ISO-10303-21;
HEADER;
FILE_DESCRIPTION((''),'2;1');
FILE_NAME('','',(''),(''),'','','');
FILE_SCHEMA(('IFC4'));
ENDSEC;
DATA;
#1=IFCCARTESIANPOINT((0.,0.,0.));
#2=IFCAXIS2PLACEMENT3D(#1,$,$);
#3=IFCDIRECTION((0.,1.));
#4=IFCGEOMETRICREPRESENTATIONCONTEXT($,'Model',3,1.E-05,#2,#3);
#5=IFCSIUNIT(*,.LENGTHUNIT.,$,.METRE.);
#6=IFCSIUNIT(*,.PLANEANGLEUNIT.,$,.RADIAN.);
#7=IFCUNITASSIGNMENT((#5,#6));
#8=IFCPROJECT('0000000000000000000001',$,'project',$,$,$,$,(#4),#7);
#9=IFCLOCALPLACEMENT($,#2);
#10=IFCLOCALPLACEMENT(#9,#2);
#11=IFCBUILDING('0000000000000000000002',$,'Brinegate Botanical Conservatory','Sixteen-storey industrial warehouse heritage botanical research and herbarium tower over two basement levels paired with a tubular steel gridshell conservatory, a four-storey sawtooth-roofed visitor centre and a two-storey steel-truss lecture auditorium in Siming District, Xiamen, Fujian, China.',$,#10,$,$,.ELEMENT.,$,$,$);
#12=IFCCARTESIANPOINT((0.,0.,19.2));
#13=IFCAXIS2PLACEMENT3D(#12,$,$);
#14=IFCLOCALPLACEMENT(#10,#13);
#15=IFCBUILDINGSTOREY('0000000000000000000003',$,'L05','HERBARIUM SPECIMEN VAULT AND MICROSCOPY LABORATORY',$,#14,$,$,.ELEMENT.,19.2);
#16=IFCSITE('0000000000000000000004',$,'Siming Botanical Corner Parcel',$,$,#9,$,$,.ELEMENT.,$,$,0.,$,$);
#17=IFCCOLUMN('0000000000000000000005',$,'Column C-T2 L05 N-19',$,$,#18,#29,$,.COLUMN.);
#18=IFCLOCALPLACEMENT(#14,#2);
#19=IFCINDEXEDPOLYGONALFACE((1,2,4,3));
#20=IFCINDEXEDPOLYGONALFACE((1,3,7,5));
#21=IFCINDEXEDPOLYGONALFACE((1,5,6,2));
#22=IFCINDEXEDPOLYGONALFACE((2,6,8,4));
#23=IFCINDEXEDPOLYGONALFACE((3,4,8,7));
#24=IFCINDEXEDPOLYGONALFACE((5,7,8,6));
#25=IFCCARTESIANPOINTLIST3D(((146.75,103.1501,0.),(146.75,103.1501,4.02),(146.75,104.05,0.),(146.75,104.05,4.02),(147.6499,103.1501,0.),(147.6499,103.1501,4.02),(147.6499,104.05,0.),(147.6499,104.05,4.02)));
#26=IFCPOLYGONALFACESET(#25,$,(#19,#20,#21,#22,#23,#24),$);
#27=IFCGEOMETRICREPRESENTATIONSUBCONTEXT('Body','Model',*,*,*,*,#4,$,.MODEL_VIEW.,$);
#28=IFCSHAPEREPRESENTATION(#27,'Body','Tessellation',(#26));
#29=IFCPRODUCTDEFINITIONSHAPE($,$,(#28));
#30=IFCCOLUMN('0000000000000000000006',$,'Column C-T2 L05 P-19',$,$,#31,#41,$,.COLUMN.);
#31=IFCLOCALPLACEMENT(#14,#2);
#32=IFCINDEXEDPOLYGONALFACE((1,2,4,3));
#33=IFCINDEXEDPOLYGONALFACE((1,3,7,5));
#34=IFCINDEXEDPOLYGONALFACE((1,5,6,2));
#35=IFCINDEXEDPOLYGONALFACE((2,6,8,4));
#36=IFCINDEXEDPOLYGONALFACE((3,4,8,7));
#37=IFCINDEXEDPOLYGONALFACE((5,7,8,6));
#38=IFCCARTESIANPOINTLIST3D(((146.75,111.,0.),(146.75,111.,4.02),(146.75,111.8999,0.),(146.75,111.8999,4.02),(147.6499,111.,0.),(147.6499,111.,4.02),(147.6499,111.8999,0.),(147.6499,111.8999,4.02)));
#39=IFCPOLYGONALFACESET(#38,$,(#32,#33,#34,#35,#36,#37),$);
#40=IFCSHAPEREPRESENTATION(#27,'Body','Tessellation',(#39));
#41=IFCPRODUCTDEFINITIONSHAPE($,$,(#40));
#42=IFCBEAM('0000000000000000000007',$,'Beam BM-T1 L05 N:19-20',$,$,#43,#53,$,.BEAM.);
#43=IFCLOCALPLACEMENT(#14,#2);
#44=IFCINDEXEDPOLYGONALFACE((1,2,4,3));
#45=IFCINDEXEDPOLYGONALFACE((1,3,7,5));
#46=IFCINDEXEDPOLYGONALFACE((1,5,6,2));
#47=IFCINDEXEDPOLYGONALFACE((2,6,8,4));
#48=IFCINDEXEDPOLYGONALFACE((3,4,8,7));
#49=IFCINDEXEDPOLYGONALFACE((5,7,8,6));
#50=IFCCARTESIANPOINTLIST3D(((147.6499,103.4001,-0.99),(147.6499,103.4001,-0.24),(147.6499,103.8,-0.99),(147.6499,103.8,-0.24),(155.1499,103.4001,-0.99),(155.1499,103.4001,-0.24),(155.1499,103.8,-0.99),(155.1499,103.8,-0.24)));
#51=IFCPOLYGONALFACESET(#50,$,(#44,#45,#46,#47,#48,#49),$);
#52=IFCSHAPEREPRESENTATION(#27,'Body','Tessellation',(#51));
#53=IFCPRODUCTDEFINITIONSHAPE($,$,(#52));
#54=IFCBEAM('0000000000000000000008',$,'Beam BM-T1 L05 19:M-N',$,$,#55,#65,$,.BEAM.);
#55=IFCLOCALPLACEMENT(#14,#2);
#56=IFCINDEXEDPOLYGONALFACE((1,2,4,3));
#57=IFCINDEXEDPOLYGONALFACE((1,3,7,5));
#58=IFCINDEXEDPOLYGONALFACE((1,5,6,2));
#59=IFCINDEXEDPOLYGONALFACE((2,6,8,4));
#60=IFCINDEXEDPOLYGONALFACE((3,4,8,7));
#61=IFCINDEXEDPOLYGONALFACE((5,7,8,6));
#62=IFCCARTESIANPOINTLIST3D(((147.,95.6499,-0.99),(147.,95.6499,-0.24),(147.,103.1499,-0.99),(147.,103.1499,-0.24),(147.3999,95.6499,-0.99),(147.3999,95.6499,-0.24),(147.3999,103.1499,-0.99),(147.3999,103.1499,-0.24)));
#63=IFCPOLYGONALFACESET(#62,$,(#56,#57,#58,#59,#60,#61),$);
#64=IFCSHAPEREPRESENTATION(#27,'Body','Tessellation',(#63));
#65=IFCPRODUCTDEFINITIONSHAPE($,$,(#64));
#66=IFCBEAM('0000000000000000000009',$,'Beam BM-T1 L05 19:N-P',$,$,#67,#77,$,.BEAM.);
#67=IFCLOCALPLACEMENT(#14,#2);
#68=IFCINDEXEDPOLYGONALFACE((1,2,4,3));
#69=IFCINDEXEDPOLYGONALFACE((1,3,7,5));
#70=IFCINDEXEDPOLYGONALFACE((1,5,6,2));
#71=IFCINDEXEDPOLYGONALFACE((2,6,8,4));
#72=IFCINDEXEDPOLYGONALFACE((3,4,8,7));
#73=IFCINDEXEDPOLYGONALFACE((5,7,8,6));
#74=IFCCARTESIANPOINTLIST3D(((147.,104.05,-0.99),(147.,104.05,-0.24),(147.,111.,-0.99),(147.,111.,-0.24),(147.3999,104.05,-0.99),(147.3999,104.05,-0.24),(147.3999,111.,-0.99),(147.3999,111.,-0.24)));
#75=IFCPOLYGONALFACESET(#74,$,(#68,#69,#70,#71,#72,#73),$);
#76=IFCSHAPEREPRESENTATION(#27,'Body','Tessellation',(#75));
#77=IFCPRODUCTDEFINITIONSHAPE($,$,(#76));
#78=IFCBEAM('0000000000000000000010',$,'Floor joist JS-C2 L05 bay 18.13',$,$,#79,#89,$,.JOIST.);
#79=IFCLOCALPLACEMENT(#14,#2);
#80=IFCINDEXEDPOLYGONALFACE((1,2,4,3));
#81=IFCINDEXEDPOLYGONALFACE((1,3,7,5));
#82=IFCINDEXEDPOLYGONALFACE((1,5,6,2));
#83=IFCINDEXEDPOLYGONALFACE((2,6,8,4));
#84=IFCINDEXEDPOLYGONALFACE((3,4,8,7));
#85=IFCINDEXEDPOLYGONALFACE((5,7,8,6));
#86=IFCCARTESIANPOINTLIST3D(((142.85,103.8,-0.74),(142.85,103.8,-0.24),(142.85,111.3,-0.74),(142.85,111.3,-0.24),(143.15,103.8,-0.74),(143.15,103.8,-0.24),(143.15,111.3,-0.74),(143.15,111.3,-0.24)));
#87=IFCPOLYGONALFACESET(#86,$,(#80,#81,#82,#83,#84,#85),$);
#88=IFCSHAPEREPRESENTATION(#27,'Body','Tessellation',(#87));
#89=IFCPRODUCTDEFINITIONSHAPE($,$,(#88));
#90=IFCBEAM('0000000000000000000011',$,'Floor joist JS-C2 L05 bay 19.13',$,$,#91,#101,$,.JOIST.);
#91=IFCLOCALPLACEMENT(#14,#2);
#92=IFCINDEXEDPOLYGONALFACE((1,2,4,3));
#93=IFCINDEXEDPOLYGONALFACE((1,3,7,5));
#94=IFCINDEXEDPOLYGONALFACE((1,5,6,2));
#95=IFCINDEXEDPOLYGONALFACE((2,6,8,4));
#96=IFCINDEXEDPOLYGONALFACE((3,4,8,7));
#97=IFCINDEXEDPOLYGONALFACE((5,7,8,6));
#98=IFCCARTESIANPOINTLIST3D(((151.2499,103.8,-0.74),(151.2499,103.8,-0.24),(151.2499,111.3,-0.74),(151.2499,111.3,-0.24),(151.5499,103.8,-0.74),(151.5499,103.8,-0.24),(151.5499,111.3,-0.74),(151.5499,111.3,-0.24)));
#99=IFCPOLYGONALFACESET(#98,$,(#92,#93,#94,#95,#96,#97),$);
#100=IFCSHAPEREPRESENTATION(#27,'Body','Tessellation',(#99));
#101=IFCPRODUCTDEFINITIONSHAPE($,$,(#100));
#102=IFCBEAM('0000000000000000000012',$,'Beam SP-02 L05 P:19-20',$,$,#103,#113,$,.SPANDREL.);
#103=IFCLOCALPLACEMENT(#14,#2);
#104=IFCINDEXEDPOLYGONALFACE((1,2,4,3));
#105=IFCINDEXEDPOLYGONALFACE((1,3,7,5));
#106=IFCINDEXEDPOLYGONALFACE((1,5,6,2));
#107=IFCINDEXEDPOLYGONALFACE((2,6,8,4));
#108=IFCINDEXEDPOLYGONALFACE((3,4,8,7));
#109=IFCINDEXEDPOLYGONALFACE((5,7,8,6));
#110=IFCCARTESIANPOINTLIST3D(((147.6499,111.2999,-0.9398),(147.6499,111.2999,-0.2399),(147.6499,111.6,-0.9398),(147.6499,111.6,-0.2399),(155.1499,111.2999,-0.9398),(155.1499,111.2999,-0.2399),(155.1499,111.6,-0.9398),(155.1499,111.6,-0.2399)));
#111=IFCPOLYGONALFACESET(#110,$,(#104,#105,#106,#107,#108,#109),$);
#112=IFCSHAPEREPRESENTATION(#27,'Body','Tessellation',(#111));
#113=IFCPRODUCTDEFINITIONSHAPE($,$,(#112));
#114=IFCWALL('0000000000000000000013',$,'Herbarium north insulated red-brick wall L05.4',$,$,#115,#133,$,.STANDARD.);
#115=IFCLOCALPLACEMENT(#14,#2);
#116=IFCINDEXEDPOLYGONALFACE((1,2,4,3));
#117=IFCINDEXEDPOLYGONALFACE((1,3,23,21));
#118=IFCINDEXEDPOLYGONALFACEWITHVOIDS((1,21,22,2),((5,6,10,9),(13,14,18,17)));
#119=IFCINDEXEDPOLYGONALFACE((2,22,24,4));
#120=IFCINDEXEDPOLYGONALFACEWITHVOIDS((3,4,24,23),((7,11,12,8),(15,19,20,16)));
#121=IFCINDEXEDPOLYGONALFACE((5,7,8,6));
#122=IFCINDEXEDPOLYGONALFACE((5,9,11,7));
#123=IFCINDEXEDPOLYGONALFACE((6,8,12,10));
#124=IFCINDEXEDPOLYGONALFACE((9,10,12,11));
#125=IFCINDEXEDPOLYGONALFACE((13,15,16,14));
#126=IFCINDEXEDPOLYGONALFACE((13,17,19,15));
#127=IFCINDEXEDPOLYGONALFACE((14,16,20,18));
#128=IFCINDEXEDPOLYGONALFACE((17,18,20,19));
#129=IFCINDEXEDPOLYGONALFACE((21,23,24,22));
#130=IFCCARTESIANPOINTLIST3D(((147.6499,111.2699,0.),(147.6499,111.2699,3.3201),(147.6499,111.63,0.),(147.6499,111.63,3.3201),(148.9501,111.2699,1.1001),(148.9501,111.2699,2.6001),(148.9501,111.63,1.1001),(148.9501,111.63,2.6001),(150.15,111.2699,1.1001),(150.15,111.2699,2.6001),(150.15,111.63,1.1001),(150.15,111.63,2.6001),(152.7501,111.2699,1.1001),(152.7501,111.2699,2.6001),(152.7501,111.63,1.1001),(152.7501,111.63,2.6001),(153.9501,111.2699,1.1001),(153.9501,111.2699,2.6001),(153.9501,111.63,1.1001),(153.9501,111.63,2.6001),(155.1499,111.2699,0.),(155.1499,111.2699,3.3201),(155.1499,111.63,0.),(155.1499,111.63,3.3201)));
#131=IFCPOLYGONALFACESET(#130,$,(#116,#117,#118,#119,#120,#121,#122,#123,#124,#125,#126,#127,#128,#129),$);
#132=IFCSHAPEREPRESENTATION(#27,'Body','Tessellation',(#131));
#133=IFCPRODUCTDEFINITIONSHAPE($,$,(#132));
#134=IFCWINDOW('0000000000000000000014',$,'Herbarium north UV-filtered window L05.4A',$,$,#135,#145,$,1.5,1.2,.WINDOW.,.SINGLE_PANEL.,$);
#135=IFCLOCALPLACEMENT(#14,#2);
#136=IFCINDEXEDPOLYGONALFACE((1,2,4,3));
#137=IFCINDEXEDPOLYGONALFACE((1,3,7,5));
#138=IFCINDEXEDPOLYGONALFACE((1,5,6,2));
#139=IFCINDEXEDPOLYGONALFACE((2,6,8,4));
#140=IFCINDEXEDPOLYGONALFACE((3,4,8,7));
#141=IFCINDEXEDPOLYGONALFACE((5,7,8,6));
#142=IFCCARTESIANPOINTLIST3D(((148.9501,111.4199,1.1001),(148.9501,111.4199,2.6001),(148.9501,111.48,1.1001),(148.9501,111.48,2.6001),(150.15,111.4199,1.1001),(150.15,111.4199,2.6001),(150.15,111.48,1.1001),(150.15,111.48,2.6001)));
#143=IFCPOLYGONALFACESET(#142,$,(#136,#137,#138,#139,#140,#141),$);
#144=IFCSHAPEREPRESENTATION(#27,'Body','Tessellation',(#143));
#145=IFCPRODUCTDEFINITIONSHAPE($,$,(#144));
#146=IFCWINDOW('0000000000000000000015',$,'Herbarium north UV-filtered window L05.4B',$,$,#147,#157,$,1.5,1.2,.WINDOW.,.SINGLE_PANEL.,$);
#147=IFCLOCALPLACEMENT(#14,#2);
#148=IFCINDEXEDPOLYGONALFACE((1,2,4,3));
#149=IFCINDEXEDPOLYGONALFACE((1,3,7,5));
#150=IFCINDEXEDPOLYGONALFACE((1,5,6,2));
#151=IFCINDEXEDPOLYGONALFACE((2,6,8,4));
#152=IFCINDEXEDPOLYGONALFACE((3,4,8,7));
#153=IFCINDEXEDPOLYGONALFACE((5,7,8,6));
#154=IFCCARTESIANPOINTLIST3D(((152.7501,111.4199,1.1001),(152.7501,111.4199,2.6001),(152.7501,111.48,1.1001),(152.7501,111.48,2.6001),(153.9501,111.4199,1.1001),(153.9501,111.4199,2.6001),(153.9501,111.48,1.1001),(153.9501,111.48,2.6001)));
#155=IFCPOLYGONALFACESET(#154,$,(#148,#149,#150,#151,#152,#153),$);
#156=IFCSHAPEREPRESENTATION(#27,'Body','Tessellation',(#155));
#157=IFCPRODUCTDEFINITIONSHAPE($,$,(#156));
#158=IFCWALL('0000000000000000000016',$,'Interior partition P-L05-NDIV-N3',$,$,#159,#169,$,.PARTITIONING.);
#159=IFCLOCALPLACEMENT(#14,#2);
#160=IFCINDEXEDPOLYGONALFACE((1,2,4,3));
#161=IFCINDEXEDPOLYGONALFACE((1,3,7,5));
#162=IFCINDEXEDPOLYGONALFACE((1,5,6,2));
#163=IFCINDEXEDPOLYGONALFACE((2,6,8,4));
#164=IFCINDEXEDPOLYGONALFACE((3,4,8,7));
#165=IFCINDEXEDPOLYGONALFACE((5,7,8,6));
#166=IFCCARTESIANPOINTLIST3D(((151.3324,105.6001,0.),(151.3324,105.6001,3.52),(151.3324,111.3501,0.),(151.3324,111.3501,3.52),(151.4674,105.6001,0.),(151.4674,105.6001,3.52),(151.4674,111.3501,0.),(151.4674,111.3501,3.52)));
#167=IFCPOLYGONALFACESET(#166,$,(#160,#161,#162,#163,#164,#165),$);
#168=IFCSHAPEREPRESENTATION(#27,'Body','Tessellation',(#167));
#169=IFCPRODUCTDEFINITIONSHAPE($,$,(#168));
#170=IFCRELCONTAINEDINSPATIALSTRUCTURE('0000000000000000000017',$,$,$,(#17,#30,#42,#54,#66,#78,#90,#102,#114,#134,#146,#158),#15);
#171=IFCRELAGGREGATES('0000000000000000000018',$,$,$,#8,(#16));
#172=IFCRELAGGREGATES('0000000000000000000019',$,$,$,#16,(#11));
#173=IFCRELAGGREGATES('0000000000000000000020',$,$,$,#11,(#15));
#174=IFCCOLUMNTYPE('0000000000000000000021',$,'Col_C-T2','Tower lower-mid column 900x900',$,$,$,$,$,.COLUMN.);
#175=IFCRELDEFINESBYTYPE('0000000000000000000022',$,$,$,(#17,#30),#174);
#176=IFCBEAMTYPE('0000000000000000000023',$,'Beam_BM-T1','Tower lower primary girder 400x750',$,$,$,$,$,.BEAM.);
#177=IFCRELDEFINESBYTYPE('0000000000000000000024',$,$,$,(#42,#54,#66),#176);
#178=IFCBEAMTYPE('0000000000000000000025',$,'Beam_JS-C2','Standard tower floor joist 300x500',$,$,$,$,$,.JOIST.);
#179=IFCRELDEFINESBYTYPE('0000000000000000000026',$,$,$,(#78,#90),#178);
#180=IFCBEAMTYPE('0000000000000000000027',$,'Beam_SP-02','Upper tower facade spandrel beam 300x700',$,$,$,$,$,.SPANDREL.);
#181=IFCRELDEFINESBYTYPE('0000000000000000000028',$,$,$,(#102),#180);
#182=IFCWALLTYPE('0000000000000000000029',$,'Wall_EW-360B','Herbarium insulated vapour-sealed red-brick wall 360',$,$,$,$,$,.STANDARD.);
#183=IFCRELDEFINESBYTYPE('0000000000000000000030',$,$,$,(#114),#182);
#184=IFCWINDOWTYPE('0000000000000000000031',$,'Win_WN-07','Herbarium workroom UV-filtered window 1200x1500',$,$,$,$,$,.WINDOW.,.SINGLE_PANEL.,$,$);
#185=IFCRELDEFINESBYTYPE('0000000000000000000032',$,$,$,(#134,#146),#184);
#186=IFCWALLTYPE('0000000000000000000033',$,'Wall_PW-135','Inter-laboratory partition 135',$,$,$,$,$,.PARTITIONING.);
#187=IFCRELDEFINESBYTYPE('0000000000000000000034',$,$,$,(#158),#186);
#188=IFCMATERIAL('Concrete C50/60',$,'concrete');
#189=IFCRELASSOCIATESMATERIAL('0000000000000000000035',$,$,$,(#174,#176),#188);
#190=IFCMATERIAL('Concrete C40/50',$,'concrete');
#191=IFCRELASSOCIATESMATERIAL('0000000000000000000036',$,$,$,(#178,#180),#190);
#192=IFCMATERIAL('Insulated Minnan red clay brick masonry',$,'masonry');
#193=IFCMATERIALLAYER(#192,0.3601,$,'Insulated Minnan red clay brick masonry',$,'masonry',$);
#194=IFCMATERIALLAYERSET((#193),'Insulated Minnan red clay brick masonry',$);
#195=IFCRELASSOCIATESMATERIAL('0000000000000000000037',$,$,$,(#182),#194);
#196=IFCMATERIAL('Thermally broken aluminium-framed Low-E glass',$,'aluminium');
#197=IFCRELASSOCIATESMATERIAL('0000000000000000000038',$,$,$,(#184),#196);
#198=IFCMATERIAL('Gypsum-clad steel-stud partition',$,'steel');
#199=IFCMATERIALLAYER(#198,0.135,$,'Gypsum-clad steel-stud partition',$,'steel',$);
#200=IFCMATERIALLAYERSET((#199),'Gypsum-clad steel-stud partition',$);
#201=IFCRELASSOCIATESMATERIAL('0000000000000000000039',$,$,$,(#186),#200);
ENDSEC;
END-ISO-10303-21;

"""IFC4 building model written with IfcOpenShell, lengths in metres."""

from ifc_helpers import new_model, si_unit, direction, frame, frame_2d, origin, origin_2d, place, context, subcontext, project, spatial, rectangle, extrude, material, layer, layer_set, material_profile, profile_set, type_object, element, fill, save


model = new_model("IFC4")

# Units and contexts
model_context = context("Model", 3, precision=1e-05, world=origin(), true_north=direction((0.0, 1.0)))
body_context = subcontext(model_context, "Body", "Model", "MODEL_VIEW")
ifc_project = project(units=[si_unit("LENGTHUNIT", "METRE"), si_unit("PLANEANGLEUNIT", "RADIAN")], contexts=[model_context])

# Site, building, storey
site_placement = place(None, origin())
site = spatial("IfcSite", under=ifc_project, at=site_placement, Name="Siming Botanical Corner Parcel", CompositionType="ELEMENT", RefElevation=0.0)
building_placement = place(site_placement, origin())
building = spatial("IfcBuilding", under=site, at=building_placement, Name="Brinegate Botanical Conservatory", Description="Sixteen-storey industrial warehouse heritage botanical research and herbarium tower over two basement levels paired with a tubular steel gridshell conservatory, a four-storey sawtooth-roofed visitor centre and a two-storey steel-truss lecture auditorium in Siming District, Xiamen, Fujian, China.", CompositionType="ELEMENT")
storey_placement = place(building_placement, frame((0.0, 0.0, 19.2)))
storey = spatial("IfcBuildingStorey", under=building, at=storey_placement, Name="L05", Description="HERBARIUM SPECIMEN VAULT AND MICROSCOPY LABORATORY", CompositionType="ELEMENT", Elevation=19.2)

# Columns
ifc_material_1 = material(Name="Concrete C50/60", Category="concrete")
ifc_material_profile_1 = material_profile(ifc_material_1, rectangle(XDim=0.8999, YDim=0.8999, at=origin_2d()), Name="RC COL 900x900")
ifc_profile_set_1 = profile_set([ifc_material_profile_1], Name="Concrete C50/60")
column_type = type_object("IfcColumnType", Name="Col_C-T2", Description="Tower lower-mid column 900x900", PredefinedType="COLUMN", material=ifc_profile_set_1)
for number, where, z_axis, x_axis, name in (
    (1, (147.2, 103.6001, 0.0), (0.0, 0.0, 1.0), (1.0, 0.0, 0.0), "Column C-T2 L05 N-19"),
    (2, (147.2, 111.45, 0.0), (0.0, 0.0, 1.0), (1.0, 0.0, 0.0), "Column C-T2 L05 P-19"),
):
    element("IfcColumn", number, at=place(storey_placement, frame(where, z_axis=z_axis, x_axis=x_axis)), inside=storey, type_object=column_type, Name=name, PredefinedType="COLUMN", context=body_context, shape_type="SweptSolid", body=[
        extrude(rectangle(XDim=0.8999, YDim=0.8999, at=origin_2d()), origin(), (0.0, 0.0, 1.0), 4.02),
    ])

# Beams
ifc_material_profile_2 = material_profile(ifc_material_1, rectangle(XDim=0.3999, YDim=0.75, at=origin_2d()), Name="RC BM 400x750")
ifc_profile_set_2 = profile_set([ifc_material_profile_2], Name="Concrete C50/60")
beam_type_1 = type_object("IfcBeamType", Name="Beam_BM-T1", Description="Tower lower primary girder 400x750", PredefinedType="BEAM", material=ifc_profile_set_2)
for number, where, z_axis, x_axis, name in (
    (3, (147.6499, 103.6001, -0.615), (1.0, 0.0, 0.0), (0.0, 1.0, 0.0), "Beam BM-T1 L05 N:19-20"),
    (4, (147.2, 95.6499, -0.615), (0.0, 1.0, 0.0), (-1.0, 0.0, 0.0), "Beam BM-T1 L05 19:M-N"),
):
    element("IfcBeam", number, at=place(storey_placement, frame(where, z_axis=z_axis, x_axis=x_axis)), inside=storey, type_object=beam_type_1, Name=name, PredefinedType="BEAM", context=body_context, shape_type="SweptSolid", body=[
        extrude(rectangle(XDim=0.3999, YDim=0.75, at=origin_2d()), origin(), (0.0, 0.0, 1.0), 7.5),
    ])
beam_1_placement = place(storey_placement, frame((147.2, 104.05, -0.615), z_axis=(0.0, 1.0, 0.0), x_axis=(-1.0, 0.0, 0.0)))
element("IfcBeam", 5, at=beam_1_placement, inside=storey, type_object=beam_type_1, Name="Beam BM-T1 L05 19:N-P", PredefinedType="BEAM", context=body_context, shape_type="SweptSolid", body=[
    extrude(rectangle(XDim=0.3999, YDim=0.75, at=origin_2d()), origin(), (0.0, 0.0, 1.0), 6.95),
])
ifc_material_2 = material(Name="Concrete C40/50", Category="concrete")
ifc_material_profile_3 = material_profile(ifc_material_2, rectangle(XDim=0.3, YDim=0.5, at=origin_2d()), Name="RC JST 300x500")
ifc_profile_set_3 = profile_set([ifc_material_profile_3], Name="Concrete C40/50")
beam_type_2 = type_object("IfcBeamType", Name="Beam_JS-C2", Description="Standard tower floor joist 300x500", PredefinedType="JOIST", material=ifc_profile_set_3)
for number, where, z_axis, x_axis, name in (
    (6, (143.0, 103.8, -0.49), (0.0, 1.0, 0.0), (-1.0, 0.0, 0.0), "Floor joist JS-C2 L05 bay 18.13"),
    (7, (151.3999, 103.8, -0.49), (0.0, 1.0, 0.0), (-1.0, 0.0, 0.0), "Floor joist JS-C2 L05 bay 19.13"),
):
    element("IfcBeam", number, at=place(storey_placement, frame(where, z_axis=z_axis, x_axis=x_axis)), inside=storey, type_object=beam_type_2, Name=name, PredefinedType="JOIST", context=body_context, shape_type="SweptSolid", body=[
        extrude(rectangle(XDim=0.3, YDim=0.5, at=origin_2d()), origin(), (0.0, 0.0, 1.0), 7.5),
    ])
ifc_material_profile_4 = material_profile(ifc_material_2, rectangle(XDim=0.3, YDim=0.7, at=origin_2d()), Name="RC SPN 300x700")
ifc_profile_set_4 = profile_set([ifc_material_profile_4], Name="Concrete C40/50")
beam_type_3 = type_object("IfcBeamType", Name="Beam_SP-02", Description="Upper tower facade spandrel beam 300x700", PredefinedType="SPANDREL", material=ifc_profile_set_4)
beam_2_placement = place(storey_placement, frame((147.6499, 111.45, -0.5898), z_axis=(1.0, 0.0, 0.0), x_axis=(0.0, 1.0, 0.0)))
element("IfcBeam", 8, at=beam_2_placement, inside=storey, type_object=beam_type_3, Name="Beam SP-02 L05 P:19-20", PredefinedType="SPANDREL", context=body_context, shape_type="SweptSolid", body=[
    extrude(rectangle(XDim=0.3, YDim=0.7, at=origin_2d()), origin(), (0.0, 0.0, 1.0), 7.5),
])

# Wall, openings, windows
ifc_material_3 = material(Name="Insulated Minnan red clay brick masonry", Category="masonry")
ifc_layer_1 = layer(ifc_material_3, 0.3601, Name="Insulated Minnan red clay brick masonry", Category="masonry")
ifc_layer_set_1 = layer_set([ifc_layer_1], Name="Insulated Minnan red clay brick masonry")
wall_type_1 = type_object("IfcWallType", Name="Wall_EW-360B", Description="Herbarium insulated vapour-sealed red-brick wall 360", PredefinedType="STANDARD", material=ifc_layer_set_1)
wall_1_placement = place(storey_placement, frame((147.6499, 111.45, 0.0), z_axis=(0.0, 0.0, 1.0), x_axis=(1.0, 0.0, 0.0)))
wall_1 = element("IfcWall", 9, at=wall_1_placement, inside=storey, type_object=wall_type_1, Name="Herbarium north insulated red-brick wall L05.4", PredefinedType="STANDARD", context=body_context, shape_type="SweptSolid", body=[
    extrude(rectangle(XDim=7.5, YDim=0.3601, at=frame_2d((3.75, 0.0))), origin(), (0.0, 0.0, 1.0), 3.3201),
])
opening_1_placement = place(wall_1_placement, frame((1.3, 0.0, 1.1001)))
opening_1 = element("IfcOpeningElement", 10, at=opening_1_placement, cuts=wall_1, PredefinedType="OPENING", context=body_context, shape_type="SweptSolid", body=[
    extrude(rectangle(XDim=1.2, YDim=1.5, at=frame_2d((0.6001, 0.75))), frame((0.0, 0.1899, 0.0), z_axis=(0.0, -1.0, 0.0), x_axis=(1.0, 0.0, 0.0)), (0.0, 0.0, 1.0), 0.3801),
])
opening_2_placement = place(wall_1_placement, frame((5.1001, 0.0, 1.1001)))
opening_2 = element("IfcOpeningElement", 11, at=opening_2_placement, cuts=wall_1, PredefinedType="OPENING", context=body_context, shape_type="SweptSolid", body=[
    extrude(rectangle(XDim=1.2, YDim=1.5, at=frame_2d((0.6001, 0.75))), frame((0.0, 0.1899, 0.0), z_axis=(0.0, -1.0, 0.0), x_axis=(1.0, 0.0, 0.0)), (0.0, 0.0, 1.0), 0.3801),
])
ifc_material_4 = material(Name="Thermally broken aluminium-framed Low-E glass", Category="aluminium")
window_type = type_object("IfcWindowType", Name="Win_WN-07", Description="Herbarium workroom UV-filtered window 1200x1500", PartitioningType="SINGLE_PANEL", PredefinedType="WINDOW", material=ifc_material_4)
window_1_placement = place(opening_1_placement, origin())
window_1 = element("IfcWindow", 12, at=window_1_placement, inside=storey, type_object=window_type, Name="Herbarium north UV-filtered window L05.4A", OverallHeight=1.5, OverallWidth=1.2, PartitioningType="SINGLE_PANEL", PredefinedType="WINDOW", context=body_context, shape_type="SweptSolid", body=[
    extrude(rectangle(XDim=1.2, YDim=1.5, at=frame_2d((0.6001, 0.75))), frame((0.0, 0.03, 0.0), z_axis=(0.0, -1.0, 0.0), x_axis=(1.0, 0.0, 0.0)), (0.0, 0.0, 1.0), 0.0601),
])
fill(opening_1, window_1)
window_2_placement = place(opening_2_placement, origin())
window_2 = element("IfcWindow", 13, at=window_2_placement, inside=storey, type_object=window_type, Name="Herbarium north UV-filtered window L05.4B", OverallHeight=1.5, OverallWidth=1.2, PartitioningType="SINGLE_PANEL", PredefinedType="WINDOW", context=body_context, shape_type="SweptSolid", body=[
    extrude(rectangle(XDim=1.2, YDim=1.5, at=frame_2d((0.6001, 0.75))), frame((0.0, 0.03, 0.0), z_axis=(0.0, -1.0, 0.0), x_axis=(1.0, 0.0, 0.0)), (0.0, 0.0, 1.0), 0.0601),
])
fill(opening_2, window_2)

# Wall
ifc_material_5 = material(Name="Gypsum-clad steel-stud partition", Category="steel")
ifc_layer_2 = layer(ifc_material_5, 0.135, Name="Gypsum-clad steel-stud partition", Category="steel")
ifc_layer_set_2 = layer_set([ifc_layer_2], Name="Gypsum-clad steel-stud partition")
wall_type_2 = type_object("IfcWallType", Name="Wall_PW-135", Description="Inter-laboratory partition 135", PredefinedType="PARTITIONING", material=ifc_layer_set_2)
wall_2_placement = place(storey_placement, frame((151.3999, 105.6001, 0.0), z_axis=(0.0, 0.0, 1.0), x_axis=(0.0, 1.0, 0.0)))
element("IfcWall", 14, at=wall_2_placement, inside=storey, type_object=wall_type_2, Name="Interior partition P-L05-NDIV-N3", PredefinedType="PARTITIONING", context=body_context, shape_type="SweptSolid", body=[
    extrude(rectangle(XDim=5.75, YDim=0.135, at=frame_2d((2.875, 0.0))), origin(), (0.0, 0.0, 1.0), 3.52),
])

save(model, "model.ifc")
